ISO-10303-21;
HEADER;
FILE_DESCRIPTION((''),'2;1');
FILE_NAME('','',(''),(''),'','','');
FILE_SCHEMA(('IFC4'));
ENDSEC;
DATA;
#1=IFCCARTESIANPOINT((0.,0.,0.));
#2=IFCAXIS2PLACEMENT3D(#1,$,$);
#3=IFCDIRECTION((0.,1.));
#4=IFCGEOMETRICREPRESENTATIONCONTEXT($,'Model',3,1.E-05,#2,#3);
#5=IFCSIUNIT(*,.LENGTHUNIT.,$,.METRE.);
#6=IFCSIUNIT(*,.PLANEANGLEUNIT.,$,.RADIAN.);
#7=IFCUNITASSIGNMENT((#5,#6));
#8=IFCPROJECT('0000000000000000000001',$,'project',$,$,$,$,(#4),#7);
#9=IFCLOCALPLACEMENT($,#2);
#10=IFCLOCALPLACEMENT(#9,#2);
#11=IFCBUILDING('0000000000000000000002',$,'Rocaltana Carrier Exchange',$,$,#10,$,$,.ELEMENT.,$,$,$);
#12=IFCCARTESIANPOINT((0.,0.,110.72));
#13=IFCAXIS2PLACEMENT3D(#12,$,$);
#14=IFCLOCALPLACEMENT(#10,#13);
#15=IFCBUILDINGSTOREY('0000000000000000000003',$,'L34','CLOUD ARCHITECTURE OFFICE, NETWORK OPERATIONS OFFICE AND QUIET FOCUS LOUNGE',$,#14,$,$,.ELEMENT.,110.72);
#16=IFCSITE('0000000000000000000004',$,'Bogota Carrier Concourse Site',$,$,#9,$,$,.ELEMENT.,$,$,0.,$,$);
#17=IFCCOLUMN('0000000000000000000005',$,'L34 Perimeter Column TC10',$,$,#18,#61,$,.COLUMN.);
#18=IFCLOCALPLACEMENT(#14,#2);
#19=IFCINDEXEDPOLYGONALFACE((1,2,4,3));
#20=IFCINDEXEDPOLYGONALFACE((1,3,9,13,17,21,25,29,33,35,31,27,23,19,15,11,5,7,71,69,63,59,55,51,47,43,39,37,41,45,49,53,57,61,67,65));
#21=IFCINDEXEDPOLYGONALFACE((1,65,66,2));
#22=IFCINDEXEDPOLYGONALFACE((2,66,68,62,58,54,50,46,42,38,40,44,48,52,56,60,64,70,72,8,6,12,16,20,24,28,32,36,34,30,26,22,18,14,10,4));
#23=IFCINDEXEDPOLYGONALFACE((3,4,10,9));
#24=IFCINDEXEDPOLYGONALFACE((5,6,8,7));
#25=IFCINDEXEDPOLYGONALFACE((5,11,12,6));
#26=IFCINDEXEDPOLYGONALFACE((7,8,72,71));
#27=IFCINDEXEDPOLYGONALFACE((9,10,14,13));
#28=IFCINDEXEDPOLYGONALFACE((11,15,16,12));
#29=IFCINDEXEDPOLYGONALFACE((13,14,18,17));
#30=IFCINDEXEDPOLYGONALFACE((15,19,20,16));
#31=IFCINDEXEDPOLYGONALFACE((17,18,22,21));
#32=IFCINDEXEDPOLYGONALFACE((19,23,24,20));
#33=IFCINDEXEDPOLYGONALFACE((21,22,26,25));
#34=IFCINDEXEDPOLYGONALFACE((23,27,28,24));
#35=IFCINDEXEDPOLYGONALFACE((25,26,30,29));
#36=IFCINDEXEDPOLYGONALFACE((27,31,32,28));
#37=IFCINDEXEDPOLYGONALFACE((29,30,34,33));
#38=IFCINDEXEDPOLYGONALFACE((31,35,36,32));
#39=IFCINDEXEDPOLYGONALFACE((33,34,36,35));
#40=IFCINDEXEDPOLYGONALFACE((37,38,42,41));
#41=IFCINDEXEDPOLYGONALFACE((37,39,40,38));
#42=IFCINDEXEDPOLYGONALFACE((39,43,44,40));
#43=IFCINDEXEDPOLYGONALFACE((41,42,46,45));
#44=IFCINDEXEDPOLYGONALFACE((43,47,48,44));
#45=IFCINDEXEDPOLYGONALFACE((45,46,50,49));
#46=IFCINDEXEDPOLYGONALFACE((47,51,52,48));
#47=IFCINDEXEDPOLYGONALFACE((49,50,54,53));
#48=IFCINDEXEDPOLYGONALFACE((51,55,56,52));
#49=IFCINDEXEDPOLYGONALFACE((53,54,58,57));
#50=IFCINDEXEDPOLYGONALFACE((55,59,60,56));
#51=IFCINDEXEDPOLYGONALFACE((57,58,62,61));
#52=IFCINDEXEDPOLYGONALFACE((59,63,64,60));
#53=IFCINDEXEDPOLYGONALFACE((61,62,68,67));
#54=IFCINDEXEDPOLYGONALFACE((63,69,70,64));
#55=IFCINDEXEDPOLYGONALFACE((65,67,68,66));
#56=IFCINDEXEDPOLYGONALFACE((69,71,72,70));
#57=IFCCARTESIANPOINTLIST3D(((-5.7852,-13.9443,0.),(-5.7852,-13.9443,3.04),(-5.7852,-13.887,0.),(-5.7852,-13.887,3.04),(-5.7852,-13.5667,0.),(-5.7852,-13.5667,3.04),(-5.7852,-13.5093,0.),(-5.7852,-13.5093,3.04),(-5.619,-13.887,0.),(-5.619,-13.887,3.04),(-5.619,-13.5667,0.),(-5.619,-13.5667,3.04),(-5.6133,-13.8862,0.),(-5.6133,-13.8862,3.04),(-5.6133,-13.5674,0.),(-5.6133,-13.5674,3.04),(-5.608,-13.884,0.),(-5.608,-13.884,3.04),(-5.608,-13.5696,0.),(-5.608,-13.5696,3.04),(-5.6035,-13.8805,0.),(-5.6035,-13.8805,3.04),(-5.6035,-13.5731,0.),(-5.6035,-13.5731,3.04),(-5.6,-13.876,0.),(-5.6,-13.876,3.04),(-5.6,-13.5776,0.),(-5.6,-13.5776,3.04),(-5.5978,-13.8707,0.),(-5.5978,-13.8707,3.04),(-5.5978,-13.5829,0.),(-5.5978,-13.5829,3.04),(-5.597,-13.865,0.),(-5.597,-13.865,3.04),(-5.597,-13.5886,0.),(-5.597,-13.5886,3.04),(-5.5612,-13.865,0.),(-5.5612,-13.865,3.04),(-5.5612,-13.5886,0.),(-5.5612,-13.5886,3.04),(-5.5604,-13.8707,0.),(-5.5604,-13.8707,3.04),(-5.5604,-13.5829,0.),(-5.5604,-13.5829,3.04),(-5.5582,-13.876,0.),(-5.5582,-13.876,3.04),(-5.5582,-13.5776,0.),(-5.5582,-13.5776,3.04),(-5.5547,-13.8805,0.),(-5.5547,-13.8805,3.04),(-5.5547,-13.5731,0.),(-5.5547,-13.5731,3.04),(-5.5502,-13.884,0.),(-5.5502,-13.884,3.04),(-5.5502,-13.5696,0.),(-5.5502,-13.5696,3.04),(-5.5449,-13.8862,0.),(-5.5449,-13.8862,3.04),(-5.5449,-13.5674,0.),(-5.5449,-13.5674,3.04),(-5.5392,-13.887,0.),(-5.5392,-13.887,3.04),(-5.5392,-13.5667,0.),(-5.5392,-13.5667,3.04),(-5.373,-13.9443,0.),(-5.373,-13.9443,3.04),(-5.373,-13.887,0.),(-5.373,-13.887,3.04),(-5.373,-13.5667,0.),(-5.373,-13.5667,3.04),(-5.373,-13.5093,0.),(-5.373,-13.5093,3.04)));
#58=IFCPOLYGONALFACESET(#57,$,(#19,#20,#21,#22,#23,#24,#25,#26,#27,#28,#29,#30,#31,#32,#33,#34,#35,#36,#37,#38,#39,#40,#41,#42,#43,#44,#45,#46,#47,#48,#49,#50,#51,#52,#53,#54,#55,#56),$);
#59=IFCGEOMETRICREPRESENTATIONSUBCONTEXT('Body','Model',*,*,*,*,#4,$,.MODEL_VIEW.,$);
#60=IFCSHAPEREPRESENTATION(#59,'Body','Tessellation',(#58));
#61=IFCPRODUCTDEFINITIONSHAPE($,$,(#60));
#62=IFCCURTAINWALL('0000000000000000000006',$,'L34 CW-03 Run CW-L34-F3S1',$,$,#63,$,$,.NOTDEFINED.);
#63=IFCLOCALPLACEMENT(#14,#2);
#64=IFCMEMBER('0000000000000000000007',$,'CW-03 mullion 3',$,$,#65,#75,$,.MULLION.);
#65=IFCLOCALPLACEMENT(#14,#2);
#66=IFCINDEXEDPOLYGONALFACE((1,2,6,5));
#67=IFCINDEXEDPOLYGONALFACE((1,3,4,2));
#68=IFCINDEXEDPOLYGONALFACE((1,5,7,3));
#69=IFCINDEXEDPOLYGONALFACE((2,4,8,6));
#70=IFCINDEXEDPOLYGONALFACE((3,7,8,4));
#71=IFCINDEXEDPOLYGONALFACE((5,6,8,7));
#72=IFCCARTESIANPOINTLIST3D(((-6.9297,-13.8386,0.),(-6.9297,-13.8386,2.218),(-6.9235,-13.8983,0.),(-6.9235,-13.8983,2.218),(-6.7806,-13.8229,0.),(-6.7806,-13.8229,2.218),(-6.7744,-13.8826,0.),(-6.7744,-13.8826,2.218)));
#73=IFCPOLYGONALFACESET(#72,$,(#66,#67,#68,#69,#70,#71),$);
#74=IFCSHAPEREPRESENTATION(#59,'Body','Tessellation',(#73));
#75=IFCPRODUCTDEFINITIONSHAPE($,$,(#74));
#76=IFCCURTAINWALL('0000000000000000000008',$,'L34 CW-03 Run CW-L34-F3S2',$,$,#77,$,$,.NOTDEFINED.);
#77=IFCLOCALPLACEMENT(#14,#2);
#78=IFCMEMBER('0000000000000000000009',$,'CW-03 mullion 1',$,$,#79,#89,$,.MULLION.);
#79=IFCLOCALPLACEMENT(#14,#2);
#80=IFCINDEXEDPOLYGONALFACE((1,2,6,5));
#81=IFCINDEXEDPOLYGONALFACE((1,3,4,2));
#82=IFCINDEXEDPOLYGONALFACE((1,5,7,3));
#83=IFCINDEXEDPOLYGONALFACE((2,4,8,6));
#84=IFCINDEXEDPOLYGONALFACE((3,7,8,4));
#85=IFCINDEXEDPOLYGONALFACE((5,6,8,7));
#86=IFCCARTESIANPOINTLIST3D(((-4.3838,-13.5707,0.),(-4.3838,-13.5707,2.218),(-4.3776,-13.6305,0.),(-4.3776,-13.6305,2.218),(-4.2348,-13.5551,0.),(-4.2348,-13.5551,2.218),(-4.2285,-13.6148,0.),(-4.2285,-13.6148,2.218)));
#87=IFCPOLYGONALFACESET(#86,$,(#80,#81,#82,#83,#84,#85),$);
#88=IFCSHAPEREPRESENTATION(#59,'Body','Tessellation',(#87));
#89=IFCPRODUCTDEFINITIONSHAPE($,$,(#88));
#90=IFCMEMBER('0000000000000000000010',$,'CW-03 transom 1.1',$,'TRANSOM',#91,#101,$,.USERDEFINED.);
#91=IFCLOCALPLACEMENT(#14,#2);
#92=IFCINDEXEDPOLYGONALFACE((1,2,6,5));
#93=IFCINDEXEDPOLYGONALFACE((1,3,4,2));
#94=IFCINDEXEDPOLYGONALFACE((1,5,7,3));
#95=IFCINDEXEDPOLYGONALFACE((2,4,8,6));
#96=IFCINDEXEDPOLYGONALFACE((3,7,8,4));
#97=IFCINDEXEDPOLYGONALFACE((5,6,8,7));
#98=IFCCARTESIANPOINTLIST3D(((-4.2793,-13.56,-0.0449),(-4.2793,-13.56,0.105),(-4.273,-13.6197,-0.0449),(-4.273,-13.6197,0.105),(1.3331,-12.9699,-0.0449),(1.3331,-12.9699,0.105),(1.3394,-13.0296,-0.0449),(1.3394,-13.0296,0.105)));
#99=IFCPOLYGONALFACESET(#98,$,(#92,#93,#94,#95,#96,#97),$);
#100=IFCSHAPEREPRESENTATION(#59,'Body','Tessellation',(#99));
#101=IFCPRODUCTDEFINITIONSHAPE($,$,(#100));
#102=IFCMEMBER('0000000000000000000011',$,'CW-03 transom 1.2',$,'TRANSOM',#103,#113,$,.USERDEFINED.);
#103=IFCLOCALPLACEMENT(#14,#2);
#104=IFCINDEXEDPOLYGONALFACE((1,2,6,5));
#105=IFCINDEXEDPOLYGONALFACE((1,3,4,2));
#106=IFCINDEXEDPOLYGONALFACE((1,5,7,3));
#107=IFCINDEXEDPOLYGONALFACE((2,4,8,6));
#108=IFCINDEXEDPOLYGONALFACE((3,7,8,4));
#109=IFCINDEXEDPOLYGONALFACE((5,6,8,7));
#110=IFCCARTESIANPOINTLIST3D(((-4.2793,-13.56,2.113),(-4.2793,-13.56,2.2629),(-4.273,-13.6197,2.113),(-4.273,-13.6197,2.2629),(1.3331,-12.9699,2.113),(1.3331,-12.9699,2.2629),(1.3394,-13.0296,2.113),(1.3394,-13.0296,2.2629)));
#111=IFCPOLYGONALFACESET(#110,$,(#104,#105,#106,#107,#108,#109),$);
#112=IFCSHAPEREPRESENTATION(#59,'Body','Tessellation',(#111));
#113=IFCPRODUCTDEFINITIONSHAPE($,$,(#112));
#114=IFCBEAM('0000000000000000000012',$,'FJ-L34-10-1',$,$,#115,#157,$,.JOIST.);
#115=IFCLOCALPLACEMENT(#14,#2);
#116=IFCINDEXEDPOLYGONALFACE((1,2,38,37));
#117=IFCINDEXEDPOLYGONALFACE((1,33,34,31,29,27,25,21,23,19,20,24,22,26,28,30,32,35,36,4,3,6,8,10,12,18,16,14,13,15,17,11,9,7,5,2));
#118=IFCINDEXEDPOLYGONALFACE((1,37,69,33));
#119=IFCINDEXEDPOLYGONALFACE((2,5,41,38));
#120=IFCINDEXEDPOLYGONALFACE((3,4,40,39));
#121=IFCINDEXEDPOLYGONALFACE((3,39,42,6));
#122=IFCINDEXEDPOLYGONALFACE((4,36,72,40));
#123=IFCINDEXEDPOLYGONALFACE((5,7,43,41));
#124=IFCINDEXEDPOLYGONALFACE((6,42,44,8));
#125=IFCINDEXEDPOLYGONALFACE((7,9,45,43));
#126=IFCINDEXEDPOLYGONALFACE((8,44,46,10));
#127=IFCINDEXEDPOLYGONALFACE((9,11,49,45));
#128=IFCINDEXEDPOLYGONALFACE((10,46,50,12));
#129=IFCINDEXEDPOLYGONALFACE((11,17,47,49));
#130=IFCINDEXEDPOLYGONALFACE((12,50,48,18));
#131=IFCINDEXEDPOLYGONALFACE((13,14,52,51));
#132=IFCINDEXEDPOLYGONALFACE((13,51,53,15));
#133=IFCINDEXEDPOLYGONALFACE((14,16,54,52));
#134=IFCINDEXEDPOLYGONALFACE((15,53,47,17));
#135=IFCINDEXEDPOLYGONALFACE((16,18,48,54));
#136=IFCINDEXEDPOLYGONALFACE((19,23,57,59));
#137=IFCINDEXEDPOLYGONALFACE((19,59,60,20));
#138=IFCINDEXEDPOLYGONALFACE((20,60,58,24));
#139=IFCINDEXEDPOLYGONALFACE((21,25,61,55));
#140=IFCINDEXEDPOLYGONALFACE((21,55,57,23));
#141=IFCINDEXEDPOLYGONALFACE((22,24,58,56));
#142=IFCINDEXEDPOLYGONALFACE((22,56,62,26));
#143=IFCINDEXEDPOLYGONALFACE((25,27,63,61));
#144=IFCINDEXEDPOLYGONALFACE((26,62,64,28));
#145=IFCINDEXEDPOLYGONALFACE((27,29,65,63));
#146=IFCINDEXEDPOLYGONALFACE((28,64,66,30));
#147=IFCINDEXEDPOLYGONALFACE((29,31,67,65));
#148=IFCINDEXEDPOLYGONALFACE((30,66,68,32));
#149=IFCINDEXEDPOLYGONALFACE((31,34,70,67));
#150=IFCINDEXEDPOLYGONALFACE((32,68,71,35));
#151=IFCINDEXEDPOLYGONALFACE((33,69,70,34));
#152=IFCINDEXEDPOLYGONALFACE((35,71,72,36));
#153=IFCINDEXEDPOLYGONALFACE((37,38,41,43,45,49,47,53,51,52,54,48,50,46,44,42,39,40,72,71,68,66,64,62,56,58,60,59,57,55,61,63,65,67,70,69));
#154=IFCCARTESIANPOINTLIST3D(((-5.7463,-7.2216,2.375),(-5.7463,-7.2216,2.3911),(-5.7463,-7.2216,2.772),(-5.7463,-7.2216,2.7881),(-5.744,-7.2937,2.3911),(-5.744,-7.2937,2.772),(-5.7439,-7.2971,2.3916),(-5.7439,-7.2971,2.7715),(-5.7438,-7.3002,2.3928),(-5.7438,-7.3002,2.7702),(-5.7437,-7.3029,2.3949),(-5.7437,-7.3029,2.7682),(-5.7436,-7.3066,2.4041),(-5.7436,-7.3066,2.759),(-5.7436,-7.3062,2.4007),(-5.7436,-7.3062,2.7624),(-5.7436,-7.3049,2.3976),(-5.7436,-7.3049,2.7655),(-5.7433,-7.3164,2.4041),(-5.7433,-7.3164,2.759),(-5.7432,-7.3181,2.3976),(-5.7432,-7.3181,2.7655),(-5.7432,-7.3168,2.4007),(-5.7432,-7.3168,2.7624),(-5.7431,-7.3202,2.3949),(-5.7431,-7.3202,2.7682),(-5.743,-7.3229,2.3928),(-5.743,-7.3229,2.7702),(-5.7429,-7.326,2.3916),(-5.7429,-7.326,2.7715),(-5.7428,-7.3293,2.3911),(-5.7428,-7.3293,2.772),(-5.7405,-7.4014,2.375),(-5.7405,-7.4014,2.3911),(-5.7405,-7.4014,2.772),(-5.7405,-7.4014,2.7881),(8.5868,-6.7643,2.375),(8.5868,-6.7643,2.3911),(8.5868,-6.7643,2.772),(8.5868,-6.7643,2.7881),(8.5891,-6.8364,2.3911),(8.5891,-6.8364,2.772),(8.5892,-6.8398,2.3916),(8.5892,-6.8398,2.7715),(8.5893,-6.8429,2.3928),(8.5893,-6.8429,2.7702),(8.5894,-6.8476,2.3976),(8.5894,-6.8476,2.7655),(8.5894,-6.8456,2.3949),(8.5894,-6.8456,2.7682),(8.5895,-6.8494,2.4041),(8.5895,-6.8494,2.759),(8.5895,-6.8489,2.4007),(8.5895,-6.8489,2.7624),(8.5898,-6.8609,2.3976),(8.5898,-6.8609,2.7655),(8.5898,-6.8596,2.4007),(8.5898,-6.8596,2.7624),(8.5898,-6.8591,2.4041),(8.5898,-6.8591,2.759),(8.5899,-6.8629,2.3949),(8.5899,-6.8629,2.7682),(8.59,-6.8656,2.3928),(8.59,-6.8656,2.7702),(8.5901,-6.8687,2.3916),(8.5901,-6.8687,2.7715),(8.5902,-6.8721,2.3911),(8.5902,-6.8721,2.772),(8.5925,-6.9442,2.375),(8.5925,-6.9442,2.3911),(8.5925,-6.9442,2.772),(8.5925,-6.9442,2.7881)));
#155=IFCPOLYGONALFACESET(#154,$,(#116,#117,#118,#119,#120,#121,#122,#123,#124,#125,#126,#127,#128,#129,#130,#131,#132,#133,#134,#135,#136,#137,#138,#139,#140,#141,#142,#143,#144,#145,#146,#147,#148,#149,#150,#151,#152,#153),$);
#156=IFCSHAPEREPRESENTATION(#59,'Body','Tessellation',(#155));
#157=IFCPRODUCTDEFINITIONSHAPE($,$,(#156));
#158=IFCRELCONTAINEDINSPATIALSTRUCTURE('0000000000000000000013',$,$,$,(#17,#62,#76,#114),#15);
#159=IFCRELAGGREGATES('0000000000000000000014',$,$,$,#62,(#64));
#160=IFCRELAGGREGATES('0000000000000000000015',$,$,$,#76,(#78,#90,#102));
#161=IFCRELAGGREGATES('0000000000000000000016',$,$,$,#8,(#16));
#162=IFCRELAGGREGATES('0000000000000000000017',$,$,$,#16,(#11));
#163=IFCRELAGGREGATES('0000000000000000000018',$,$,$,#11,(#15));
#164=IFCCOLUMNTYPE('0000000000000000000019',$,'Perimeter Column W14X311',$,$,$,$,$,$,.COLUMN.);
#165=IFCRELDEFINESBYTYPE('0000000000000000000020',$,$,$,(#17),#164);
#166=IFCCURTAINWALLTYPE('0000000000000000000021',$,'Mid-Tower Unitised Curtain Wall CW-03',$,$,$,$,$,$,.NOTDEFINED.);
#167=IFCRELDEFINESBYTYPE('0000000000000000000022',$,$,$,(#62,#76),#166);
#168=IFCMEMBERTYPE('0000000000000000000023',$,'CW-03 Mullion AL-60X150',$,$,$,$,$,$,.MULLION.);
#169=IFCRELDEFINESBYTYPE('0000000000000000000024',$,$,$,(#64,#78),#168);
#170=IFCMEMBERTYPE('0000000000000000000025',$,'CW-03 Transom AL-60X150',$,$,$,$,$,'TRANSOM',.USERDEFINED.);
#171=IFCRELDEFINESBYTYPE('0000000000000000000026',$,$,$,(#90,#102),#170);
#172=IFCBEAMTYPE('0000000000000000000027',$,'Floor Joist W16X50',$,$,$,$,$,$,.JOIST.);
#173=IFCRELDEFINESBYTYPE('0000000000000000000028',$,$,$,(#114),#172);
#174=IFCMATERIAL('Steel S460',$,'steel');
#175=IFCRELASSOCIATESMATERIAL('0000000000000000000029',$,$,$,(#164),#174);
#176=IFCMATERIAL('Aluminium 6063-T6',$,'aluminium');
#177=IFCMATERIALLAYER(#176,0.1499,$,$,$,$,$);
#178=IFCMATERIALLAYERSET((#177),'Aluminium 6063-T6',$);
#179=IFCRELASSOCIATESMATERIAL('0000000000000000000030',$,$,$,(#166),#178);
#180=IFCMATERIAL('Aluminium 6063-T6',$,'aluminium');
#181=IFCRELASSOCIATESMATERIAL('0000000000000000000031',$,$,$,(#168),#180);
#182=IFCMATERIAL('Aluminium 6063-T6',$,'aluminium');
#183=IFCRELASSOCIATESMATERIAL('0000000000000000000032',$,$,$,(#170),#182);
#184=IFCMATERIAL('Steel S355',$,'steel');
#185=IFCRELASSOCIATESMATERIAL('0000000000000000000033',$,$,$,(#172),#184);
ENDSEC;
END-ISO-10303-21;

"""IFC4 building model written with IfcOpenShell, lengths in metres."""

from ifc_helpers import new_model, si_unit, direction, frame, origin, origin_2d, place, context, subcontext, project, spatial, rectangle, i_section, extrude, material, layer, layer_set, material_profile, profile_set, type_object, element, aggregate, save


model = new_model("IFC4")

# Units and contexts
model_context = context("Model", 3, precision=1e-05, world=origin(), true_north=direction((0.0, 1.0)))
body_context = subcontext(model_context, "Body", "Model", "MODEL_VIEW")
ifc_project = project(units=[si_unit("LENGTHUNIT", "METRE"), si_unit("PLANEANGLEUNIT", "RADIAN")], contexts=[model_context])

# Site, building, storey
site_placement = place(None, origin())
site = spatial("IfcSite", under=ifc_project, at=site_placement, Name="Bogota Carrier Concourse Site", CompositionType="ELEMENT", RefElevation=0.0)
building_placement = place(site_placement, origin())
building = spatial("IfcBuilding", under=site, at=building_placement, Name="Rocaltana Carrier Exchange", CompositionType="ELEMENT")
storey_placement = place(building_placement, frame((0.0, 0.0, 110.72)))
storey = spatial("IfcBuildingStorey", under=building, at=storey_placement, Name="L34", Description="CLOUD ARCHITECTURE OFFICE, NETWORK OPERATIONS OFFICE AND QUIET FOCUS LOUNGE", CompositionType="ELEMENT", Elevation=110.72)

# Column
ifc_material_1 = material(Name="Steel S460", Category="steel")
ifc_material_profile_1 = material_profile(ifc_material_1, i_section(OverallWidth=0.4121, OverallDepth=0.4351, WebThickness=0.0359, FlangeThickness=0.0574, FilletRadius=0.022, at=origin_2d()), Name="W14X311")
ifc_profile_set_1 = profile_set([ifc_material_profile_1], Name="Steel S460")
column_type = type_object("IfcColumnType", Name="Perimeter Column W14X311", PredefinedType="COLUMN", material=ifc_profile_set_1)
column_placement = place(storey_placement, frame((-5.5791, -13.7268, 0.0), z_axis=(0.0, 0.0, 1.0), x_axis=(1.0, 0.0, 0.0)))
element("IfcColumn", 1, at=column_placement, inside=storey, type_object=column_type, Name="L34 Perimeter Column TC10", PredefinedType="COLUMN", context=body_context, shape_type="SweptSolid", body=[
    extrude(i_section(OverallWidth=0.4121, OverallDepth=0.4351, WebThickness=0.0359, FlangeThickness=0.0574, FilletRadius=0.022, at=origin_2d()), origin(), (0.0, 0.0, 1.0), 3.04),
])

# Curtain wall, member
ifc_material_2 = material(Name="Aluminium 6063-T6", Category="aluminium")
ifc_layer_1 = layer(ifc_material_2, 0.1499)
ifc_layer_set_1 = layer_set([ifc_layer_1], Name="Aluminium 6063-T6")
curtain_wall_type = type_object("IfcCurtainWallType", Name="Mid-Tower Unitised Curtain Wall CW-03", PredefinedType="NOTDEFINED", material=ifc_layer_set_1)
curtain_wall_1_placement = place(storey_placement, origin())
curtain_wall_1 = element("IfcCurtainWall", 2, at=curtain_wall_1_placement, inside=storey, type_object=curtain_wall_type, Name="L34 CW-03 Run CW-L34-F3S1", PredefinedType="NOTDEFINED")
ifc_material_3 = material(Name="Aluminium 6063-T6", Category="aluminium")
ifc_material_profile_2 = material_profile(ifc_material_3, rectangle(XDim=0.0601, YDim=0.1499, at=origin_2d()), Name="AL-60X150")
ifc_profile_set_2 = profile_set([ifc_material_profile_2], Name="Aluminium 6063-T6")
member_type_1 = type_object("IfcMemberType", Name="CW-03 Mullion AL-60X150", PredefinedType="MULLION", material=ifc_profile_set_2)
member_1_placement = place(storey_placement, frame((-6.8521, -13.8606, 0.0), z_axis=(0.0, 0.0, 1.0), x_axis=(-0.104522, 0.994523, 0.0)))
member_1 = element("IfcMember", 3, at=member_1_placement, type_object=member_type_1, Name="CW-03 mullion 3", PredefinedType="MULLION", context=body_context, shape_type="SweptSolid", body=[
    extrude(rectangle(XDim=0.0601, YDim=0.1499, at=origin_2d()), origin(), (0.0, 0.0, 1.0), 2.218),
])
aggregate(curtain_wall_1, [member_1])

# Curtain wall, members
curtain_wall_2_placement = place(storey_placement, origin())
curtain_wall_2 = element("IfcCurtainWall", 4, at=curtain_wall_2_placement, inside=storey, type_object=curtain_wall_type, Name="L34 CW-03 Run CW-L34-F3S2", PredefinedType="NOTDEFINED")
member_2_placement = place(storey_placement, frame((-4.3062, -13.5928, 0.0), z_axis=(0.0, 0.0, 1.0), x_axis=(-0.10453, 0.994522, 0.0)))
member_2 = element("IfcMember", 5, at=member_2_placement, type_object=member_type_1, Name="CW-03 mullion 1", PredefinedType="MULLION", context=body_context, shape_type="SweptSolid", body=[
    extrude(rectangle(XDim=0.0601, YDim=0.1499, at=origin_2d()), origin(), (0.0, 0.0, 1.0), 2.218),
])
ifc_material_4 = material(Name="Aluminium 6063-T6", Category="aluminium")
ifc_material_profile_3 = material_profile(ifc_material_4, rectangle(XDim=0.0601, YDim=0.1499, at=origin_2d()), Name="AL-60X150")
ifc_profile_set_3 = profile_set([ifc_material_profile_3], Name="Aluminium 6063-T6")
member_type_2 = type_object("IfcMemberType", Name="CW-03 Transom AL-60X150", ElementType="TRANSOM", PredefinedType="USERDEFINED", material=ifc_profile_set_3)
member_3_placement = place(storey_placement, frame((-4.2761, -13.5898, 0.03), z_axis=(0.994518, 0.104565, 0.0), x_axis=(-0.104565, 0.994518, 0.0)))
member_3 = element("IfcMember", 6, at=member_3_placement, type_object=member_type_2, Name="CW-03 transom 1.1", ObjectType="TRANSOM", PredefinedType="USERDEFINED", context=body_context, shape_type="SweptSolid", body=[
    extrude(rectangle(XDim=0.0601, YDim=0.1499, at=origin_2d()), origin(), (0.0, 0.0, 1.0), 5.6433),
])
member_4_placement = place(storey_placement, frame((-4.2761, -13.5898, 2.188), z_axis=(0.994518, 0.104565, 0.0), x_axis=(-0.104565, 0.994518, 0.0)))
member_4 = element("IfcMember", 7, at=member_4_placement, type_object=member_type_2, Name="CW-03 transom 1.2", ObjectType="TRANSOM", PredefinedType="USERDEFINED", context=body_context, shape_type="SweptSolid", body=[
    extrude(rectangle(XDim=0.0601, YDim=0.1499, at=origin_2d()), origin(), (0.0, 0.0, 1.0), 5.6433),
])

# Beam
ifc_material_5 = material(Name="Steel S355", Category="steel")
ifc_material_profile_4 = material_profile(ifc_material_5, i_section(OverallWidth=0.1799, OverallDepth=0.4131, WebThickness=0.0098, FlangeThickness=0.0161, FilletRadius=0.0129, at=origin_2d()), Name="W16X50")
ifc_profile_set_4 = profile_set([ifc_material_profile_4], Name="Steel S355")
beam_type_1 = type_object("IfcBeamType", Name="Floor Joist W16X50", PredefinedType="JOIST", material=ifc_profile_set_4)
beam_1_placement = place(storey_placement, frame((-5.7434, -7.3115, 2.5815), z_axis=(0.999491, 0.031887, 0.0), x_axis=(-0.031887, 0.999491, 0.0)))
element("IfcBeam", 8, at=beam_1_placement, inside=storey, type_object=beam_type_1, Name="FJ-L34-10-1", PredefinedType="JOIST", context=body_context, shape_type="SweptSolid", body=[
    extrude(i_section(OverallWidth=0.1799, OverallDepth=0.4131, WebThickness=0.0098, FlangeThickness=0.0161, FilletRadius=0.0129, at=origin_2d()), origin(), (0.0, 0.0, 1.0), 14.3403),
])

aggregate(curtain_wall_2, [member_2, member_3, member_4])

save(model, "model.ifc")
